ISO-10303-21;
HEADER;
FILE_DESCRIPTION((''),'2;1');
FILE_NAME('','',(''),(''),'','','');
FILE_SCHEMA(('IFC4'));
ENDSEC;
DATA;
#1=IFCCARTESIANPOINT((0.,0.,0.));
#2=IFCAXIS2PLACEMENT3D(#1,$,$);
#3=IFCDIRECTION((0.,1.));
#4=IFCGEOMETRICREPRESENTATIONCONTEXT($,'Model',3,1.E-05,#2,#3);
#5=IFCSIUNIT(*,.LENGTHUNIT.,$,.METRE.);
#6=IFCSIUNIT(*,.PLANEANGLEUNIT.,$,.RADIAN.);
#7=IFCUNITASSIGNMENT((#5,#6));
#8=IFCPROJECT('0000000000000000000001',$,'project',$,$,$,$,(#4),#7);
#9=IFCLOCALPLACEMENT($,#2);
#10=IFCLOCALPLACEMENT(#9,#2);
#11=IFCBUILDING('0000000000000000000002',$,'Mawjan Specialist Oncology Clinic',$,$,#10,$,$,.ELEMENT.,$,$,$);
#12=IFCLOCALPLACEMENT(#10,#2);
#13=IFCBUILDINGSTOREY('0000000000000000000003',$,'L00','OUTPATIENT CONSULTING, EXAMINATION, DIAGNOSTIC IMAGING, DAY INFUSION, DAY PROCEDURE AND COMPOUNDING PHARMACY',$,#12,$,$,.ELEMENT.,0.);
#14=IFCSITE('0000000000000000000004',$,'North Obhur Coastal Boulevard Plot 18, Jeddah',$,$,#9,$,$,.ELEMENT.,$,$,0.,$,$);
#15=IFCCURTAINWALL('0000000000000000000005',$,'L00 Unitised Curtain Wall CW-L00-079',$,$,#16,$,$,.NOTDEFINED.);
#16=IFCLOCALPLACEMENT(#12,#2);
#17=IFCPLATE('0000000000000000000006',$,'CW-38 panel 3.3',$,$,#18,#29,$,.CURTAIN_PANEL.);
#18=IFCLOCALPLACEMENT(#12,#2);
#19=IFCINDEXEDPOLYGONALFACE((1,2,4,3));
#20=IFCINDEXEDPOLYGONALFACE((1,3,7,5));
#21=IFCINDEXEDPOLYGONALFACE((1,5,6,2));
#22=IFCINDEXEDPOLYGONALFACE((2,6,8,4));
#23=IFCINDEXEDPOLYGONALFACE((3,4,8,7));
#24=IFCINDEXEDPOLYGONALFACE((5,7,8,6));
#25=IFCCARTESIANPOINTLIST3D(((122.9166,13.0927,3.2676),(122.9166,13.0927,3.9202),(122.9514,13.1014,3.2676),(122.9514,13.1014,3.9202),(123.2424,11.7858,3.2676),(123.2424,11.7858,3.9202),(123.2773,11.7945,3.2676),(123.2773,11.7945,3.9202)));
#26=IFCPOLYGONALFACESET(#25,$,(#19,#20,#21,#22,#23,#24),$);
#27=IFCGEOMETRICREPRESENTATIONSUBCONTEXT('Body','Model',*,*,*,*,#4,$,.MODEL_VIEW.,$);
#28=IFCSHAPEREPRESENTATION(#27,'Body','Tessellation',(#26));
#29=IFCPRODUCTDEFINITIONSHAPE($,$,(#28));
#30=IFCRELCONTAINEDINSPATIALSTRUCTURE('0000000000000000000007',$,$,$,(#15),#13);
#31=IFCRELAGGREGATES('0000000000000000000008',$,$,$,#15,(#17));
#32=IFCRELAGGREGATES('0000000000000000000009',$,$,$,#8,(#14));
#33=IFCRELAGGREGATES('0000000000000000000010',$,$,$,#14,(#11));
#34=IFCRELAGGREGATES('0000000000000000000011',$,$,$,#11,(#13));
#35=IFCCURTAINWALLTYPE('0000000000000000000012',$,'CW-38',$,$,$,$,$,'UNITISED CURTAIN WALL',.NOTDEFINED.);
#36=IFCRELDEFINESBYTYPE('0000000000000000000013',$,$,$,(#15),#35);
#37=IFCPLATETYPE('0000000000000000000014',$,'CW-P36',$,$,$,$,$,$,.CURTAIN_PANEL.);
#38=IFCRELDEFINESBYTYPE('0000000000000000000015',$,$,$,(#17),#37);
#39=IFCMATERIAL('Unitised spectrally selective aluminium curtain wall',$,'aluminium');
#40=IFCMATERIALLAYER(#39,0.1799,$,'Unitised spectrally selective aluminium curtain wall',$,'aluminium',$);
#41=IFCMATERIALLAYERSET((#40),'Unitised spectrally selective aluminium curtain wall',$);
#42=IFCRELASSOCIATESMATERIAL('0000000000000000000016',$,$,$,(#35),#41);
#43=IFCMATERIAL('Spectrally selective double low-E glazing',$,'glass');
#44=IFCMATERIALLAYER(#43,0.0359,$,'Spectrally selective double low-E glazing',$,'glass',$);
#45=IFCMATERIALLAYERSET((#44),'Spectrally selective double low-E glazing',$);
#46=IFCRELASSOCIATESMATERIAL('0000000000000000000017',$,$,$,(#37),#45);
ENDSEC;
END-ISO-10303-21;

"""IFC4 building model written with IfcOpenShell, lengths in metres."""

from ifc_helpers import new_model, si_unit, direction, frame, origin, origin_2d, place, context, subcontext, project, spatial, rectangle, extrude, material, layer, layer_set, type_object, element, aggregate, save


model = new_model("IFC4")

# Units and contexts
model_context = context("Model", 3, precision=1e-05, world=origin(), true_north=direction((0.0, 1.0)))
body_context = subcontext(model_context, "Body", "Model", "MODEL_VIEW")
ifc_project = project(units=[si_unit("LENGTHUNIT", "METRE"), si_unit("PLANEANGLEUNIT", "RADIAN")], contexts=[model_context])

# Site, building, storey
site_placement = place(None, origin())
site = spatial("IfcSite", under=ifc_project, at=site_placement, Name="North Obhur Coastal Boulevard Plot 18, Jeddah", CompositionType="ELEMENT", RefElevation=0.0)
building_placement = place(site_placement, origin())
building = spatial("IfcBuilding", under=site, at=building_placement, Name="Mawjan Specialist Oncology Clinic", CompositionType="ELEMENT")
storey_placement = place(building_placement, origin())
storey = spatial("IfcBuildingStorey", under=building, at=storey_placement, Name="L00", Description="OUTPATIENT CONSULTING, EXAMINATION, DIAGNOSTIC IMAGING, DAY INFUSION, DAY PROCEDURE AND COMPOUNDING PHARMACY", CompositionType="ELEMENT", Elevation=0.0)

# Curtain wall, plate
ifc_material_1 = material(Name="Unitised spectrally selective aluminium curtain wall", Category="aluminium")
ifc_layer_1 = layer(ifc_material_1, 0.1799, Name="Unitised spectrally selective aluminium curtain wall", Category="aluminium")
ifc_layer_set_1 = layer_set([ifc_layer_1], Name="Unitised spectrally selective aluminium curtain wall")
curtain_wall_type = type_object("IfcCurtainWallType", Name="CW-38", ElementType="UNITISED CURTAIN WALL", PredefinedType="NOTDEFINED", material=ifc_layer_set_1)
curtain_wall_placement = place(storey_placement, origin())
curtain_wall = element("IfcCurtainWall", 1, at=curtain_wall_placement, inside=storey, type_object=curtain_wall_type, Name="L00 Unitised Curtain Wall CW-L00-079", PredefinedType="NOTDEFINED")
ifc_material_2 = material(Name="Spectrally selective double low-E glazing", Category="glass")
ifc_layer_2 = layer(ifc_material_2, 0.0359, Name="Spectrally selective double low-E glazing", Category="glass")
ifc_layer_set_2 = layer_set([ifc_layer_2], Name="Spectrally selective double low-E glazing")
plate_type = type_object("IfcPlateType", Name="CW-P36", PredefinedType="CURTAIN_PANEL", material=ifc_layer_set_2)
plate_1_placement = place(storey_placement, frame((123.0969, 12.4436, 3.2676), z_axis=(0.0, 0.0, 1.0), x_axis=(-0.241922, 0.970296, 0.0)))
plate_1 = element("IfcPlate", 2, at=plate_1_placement, type_object=plate_type, Name="CW-38 panel 3.3", PredefinedType="CURTAIN_PANEL", context=body_context, shape_type="SweptSolid", body=[
    extrude(rectangle(XDim=1.3469, YDim=0.0359, at=origin_2d()), origin(), (0.0, 0.0, 1.0), 0.6526),
])
aggregate(curtain_wall, [plate_1])

save(model, "model.ifc")
